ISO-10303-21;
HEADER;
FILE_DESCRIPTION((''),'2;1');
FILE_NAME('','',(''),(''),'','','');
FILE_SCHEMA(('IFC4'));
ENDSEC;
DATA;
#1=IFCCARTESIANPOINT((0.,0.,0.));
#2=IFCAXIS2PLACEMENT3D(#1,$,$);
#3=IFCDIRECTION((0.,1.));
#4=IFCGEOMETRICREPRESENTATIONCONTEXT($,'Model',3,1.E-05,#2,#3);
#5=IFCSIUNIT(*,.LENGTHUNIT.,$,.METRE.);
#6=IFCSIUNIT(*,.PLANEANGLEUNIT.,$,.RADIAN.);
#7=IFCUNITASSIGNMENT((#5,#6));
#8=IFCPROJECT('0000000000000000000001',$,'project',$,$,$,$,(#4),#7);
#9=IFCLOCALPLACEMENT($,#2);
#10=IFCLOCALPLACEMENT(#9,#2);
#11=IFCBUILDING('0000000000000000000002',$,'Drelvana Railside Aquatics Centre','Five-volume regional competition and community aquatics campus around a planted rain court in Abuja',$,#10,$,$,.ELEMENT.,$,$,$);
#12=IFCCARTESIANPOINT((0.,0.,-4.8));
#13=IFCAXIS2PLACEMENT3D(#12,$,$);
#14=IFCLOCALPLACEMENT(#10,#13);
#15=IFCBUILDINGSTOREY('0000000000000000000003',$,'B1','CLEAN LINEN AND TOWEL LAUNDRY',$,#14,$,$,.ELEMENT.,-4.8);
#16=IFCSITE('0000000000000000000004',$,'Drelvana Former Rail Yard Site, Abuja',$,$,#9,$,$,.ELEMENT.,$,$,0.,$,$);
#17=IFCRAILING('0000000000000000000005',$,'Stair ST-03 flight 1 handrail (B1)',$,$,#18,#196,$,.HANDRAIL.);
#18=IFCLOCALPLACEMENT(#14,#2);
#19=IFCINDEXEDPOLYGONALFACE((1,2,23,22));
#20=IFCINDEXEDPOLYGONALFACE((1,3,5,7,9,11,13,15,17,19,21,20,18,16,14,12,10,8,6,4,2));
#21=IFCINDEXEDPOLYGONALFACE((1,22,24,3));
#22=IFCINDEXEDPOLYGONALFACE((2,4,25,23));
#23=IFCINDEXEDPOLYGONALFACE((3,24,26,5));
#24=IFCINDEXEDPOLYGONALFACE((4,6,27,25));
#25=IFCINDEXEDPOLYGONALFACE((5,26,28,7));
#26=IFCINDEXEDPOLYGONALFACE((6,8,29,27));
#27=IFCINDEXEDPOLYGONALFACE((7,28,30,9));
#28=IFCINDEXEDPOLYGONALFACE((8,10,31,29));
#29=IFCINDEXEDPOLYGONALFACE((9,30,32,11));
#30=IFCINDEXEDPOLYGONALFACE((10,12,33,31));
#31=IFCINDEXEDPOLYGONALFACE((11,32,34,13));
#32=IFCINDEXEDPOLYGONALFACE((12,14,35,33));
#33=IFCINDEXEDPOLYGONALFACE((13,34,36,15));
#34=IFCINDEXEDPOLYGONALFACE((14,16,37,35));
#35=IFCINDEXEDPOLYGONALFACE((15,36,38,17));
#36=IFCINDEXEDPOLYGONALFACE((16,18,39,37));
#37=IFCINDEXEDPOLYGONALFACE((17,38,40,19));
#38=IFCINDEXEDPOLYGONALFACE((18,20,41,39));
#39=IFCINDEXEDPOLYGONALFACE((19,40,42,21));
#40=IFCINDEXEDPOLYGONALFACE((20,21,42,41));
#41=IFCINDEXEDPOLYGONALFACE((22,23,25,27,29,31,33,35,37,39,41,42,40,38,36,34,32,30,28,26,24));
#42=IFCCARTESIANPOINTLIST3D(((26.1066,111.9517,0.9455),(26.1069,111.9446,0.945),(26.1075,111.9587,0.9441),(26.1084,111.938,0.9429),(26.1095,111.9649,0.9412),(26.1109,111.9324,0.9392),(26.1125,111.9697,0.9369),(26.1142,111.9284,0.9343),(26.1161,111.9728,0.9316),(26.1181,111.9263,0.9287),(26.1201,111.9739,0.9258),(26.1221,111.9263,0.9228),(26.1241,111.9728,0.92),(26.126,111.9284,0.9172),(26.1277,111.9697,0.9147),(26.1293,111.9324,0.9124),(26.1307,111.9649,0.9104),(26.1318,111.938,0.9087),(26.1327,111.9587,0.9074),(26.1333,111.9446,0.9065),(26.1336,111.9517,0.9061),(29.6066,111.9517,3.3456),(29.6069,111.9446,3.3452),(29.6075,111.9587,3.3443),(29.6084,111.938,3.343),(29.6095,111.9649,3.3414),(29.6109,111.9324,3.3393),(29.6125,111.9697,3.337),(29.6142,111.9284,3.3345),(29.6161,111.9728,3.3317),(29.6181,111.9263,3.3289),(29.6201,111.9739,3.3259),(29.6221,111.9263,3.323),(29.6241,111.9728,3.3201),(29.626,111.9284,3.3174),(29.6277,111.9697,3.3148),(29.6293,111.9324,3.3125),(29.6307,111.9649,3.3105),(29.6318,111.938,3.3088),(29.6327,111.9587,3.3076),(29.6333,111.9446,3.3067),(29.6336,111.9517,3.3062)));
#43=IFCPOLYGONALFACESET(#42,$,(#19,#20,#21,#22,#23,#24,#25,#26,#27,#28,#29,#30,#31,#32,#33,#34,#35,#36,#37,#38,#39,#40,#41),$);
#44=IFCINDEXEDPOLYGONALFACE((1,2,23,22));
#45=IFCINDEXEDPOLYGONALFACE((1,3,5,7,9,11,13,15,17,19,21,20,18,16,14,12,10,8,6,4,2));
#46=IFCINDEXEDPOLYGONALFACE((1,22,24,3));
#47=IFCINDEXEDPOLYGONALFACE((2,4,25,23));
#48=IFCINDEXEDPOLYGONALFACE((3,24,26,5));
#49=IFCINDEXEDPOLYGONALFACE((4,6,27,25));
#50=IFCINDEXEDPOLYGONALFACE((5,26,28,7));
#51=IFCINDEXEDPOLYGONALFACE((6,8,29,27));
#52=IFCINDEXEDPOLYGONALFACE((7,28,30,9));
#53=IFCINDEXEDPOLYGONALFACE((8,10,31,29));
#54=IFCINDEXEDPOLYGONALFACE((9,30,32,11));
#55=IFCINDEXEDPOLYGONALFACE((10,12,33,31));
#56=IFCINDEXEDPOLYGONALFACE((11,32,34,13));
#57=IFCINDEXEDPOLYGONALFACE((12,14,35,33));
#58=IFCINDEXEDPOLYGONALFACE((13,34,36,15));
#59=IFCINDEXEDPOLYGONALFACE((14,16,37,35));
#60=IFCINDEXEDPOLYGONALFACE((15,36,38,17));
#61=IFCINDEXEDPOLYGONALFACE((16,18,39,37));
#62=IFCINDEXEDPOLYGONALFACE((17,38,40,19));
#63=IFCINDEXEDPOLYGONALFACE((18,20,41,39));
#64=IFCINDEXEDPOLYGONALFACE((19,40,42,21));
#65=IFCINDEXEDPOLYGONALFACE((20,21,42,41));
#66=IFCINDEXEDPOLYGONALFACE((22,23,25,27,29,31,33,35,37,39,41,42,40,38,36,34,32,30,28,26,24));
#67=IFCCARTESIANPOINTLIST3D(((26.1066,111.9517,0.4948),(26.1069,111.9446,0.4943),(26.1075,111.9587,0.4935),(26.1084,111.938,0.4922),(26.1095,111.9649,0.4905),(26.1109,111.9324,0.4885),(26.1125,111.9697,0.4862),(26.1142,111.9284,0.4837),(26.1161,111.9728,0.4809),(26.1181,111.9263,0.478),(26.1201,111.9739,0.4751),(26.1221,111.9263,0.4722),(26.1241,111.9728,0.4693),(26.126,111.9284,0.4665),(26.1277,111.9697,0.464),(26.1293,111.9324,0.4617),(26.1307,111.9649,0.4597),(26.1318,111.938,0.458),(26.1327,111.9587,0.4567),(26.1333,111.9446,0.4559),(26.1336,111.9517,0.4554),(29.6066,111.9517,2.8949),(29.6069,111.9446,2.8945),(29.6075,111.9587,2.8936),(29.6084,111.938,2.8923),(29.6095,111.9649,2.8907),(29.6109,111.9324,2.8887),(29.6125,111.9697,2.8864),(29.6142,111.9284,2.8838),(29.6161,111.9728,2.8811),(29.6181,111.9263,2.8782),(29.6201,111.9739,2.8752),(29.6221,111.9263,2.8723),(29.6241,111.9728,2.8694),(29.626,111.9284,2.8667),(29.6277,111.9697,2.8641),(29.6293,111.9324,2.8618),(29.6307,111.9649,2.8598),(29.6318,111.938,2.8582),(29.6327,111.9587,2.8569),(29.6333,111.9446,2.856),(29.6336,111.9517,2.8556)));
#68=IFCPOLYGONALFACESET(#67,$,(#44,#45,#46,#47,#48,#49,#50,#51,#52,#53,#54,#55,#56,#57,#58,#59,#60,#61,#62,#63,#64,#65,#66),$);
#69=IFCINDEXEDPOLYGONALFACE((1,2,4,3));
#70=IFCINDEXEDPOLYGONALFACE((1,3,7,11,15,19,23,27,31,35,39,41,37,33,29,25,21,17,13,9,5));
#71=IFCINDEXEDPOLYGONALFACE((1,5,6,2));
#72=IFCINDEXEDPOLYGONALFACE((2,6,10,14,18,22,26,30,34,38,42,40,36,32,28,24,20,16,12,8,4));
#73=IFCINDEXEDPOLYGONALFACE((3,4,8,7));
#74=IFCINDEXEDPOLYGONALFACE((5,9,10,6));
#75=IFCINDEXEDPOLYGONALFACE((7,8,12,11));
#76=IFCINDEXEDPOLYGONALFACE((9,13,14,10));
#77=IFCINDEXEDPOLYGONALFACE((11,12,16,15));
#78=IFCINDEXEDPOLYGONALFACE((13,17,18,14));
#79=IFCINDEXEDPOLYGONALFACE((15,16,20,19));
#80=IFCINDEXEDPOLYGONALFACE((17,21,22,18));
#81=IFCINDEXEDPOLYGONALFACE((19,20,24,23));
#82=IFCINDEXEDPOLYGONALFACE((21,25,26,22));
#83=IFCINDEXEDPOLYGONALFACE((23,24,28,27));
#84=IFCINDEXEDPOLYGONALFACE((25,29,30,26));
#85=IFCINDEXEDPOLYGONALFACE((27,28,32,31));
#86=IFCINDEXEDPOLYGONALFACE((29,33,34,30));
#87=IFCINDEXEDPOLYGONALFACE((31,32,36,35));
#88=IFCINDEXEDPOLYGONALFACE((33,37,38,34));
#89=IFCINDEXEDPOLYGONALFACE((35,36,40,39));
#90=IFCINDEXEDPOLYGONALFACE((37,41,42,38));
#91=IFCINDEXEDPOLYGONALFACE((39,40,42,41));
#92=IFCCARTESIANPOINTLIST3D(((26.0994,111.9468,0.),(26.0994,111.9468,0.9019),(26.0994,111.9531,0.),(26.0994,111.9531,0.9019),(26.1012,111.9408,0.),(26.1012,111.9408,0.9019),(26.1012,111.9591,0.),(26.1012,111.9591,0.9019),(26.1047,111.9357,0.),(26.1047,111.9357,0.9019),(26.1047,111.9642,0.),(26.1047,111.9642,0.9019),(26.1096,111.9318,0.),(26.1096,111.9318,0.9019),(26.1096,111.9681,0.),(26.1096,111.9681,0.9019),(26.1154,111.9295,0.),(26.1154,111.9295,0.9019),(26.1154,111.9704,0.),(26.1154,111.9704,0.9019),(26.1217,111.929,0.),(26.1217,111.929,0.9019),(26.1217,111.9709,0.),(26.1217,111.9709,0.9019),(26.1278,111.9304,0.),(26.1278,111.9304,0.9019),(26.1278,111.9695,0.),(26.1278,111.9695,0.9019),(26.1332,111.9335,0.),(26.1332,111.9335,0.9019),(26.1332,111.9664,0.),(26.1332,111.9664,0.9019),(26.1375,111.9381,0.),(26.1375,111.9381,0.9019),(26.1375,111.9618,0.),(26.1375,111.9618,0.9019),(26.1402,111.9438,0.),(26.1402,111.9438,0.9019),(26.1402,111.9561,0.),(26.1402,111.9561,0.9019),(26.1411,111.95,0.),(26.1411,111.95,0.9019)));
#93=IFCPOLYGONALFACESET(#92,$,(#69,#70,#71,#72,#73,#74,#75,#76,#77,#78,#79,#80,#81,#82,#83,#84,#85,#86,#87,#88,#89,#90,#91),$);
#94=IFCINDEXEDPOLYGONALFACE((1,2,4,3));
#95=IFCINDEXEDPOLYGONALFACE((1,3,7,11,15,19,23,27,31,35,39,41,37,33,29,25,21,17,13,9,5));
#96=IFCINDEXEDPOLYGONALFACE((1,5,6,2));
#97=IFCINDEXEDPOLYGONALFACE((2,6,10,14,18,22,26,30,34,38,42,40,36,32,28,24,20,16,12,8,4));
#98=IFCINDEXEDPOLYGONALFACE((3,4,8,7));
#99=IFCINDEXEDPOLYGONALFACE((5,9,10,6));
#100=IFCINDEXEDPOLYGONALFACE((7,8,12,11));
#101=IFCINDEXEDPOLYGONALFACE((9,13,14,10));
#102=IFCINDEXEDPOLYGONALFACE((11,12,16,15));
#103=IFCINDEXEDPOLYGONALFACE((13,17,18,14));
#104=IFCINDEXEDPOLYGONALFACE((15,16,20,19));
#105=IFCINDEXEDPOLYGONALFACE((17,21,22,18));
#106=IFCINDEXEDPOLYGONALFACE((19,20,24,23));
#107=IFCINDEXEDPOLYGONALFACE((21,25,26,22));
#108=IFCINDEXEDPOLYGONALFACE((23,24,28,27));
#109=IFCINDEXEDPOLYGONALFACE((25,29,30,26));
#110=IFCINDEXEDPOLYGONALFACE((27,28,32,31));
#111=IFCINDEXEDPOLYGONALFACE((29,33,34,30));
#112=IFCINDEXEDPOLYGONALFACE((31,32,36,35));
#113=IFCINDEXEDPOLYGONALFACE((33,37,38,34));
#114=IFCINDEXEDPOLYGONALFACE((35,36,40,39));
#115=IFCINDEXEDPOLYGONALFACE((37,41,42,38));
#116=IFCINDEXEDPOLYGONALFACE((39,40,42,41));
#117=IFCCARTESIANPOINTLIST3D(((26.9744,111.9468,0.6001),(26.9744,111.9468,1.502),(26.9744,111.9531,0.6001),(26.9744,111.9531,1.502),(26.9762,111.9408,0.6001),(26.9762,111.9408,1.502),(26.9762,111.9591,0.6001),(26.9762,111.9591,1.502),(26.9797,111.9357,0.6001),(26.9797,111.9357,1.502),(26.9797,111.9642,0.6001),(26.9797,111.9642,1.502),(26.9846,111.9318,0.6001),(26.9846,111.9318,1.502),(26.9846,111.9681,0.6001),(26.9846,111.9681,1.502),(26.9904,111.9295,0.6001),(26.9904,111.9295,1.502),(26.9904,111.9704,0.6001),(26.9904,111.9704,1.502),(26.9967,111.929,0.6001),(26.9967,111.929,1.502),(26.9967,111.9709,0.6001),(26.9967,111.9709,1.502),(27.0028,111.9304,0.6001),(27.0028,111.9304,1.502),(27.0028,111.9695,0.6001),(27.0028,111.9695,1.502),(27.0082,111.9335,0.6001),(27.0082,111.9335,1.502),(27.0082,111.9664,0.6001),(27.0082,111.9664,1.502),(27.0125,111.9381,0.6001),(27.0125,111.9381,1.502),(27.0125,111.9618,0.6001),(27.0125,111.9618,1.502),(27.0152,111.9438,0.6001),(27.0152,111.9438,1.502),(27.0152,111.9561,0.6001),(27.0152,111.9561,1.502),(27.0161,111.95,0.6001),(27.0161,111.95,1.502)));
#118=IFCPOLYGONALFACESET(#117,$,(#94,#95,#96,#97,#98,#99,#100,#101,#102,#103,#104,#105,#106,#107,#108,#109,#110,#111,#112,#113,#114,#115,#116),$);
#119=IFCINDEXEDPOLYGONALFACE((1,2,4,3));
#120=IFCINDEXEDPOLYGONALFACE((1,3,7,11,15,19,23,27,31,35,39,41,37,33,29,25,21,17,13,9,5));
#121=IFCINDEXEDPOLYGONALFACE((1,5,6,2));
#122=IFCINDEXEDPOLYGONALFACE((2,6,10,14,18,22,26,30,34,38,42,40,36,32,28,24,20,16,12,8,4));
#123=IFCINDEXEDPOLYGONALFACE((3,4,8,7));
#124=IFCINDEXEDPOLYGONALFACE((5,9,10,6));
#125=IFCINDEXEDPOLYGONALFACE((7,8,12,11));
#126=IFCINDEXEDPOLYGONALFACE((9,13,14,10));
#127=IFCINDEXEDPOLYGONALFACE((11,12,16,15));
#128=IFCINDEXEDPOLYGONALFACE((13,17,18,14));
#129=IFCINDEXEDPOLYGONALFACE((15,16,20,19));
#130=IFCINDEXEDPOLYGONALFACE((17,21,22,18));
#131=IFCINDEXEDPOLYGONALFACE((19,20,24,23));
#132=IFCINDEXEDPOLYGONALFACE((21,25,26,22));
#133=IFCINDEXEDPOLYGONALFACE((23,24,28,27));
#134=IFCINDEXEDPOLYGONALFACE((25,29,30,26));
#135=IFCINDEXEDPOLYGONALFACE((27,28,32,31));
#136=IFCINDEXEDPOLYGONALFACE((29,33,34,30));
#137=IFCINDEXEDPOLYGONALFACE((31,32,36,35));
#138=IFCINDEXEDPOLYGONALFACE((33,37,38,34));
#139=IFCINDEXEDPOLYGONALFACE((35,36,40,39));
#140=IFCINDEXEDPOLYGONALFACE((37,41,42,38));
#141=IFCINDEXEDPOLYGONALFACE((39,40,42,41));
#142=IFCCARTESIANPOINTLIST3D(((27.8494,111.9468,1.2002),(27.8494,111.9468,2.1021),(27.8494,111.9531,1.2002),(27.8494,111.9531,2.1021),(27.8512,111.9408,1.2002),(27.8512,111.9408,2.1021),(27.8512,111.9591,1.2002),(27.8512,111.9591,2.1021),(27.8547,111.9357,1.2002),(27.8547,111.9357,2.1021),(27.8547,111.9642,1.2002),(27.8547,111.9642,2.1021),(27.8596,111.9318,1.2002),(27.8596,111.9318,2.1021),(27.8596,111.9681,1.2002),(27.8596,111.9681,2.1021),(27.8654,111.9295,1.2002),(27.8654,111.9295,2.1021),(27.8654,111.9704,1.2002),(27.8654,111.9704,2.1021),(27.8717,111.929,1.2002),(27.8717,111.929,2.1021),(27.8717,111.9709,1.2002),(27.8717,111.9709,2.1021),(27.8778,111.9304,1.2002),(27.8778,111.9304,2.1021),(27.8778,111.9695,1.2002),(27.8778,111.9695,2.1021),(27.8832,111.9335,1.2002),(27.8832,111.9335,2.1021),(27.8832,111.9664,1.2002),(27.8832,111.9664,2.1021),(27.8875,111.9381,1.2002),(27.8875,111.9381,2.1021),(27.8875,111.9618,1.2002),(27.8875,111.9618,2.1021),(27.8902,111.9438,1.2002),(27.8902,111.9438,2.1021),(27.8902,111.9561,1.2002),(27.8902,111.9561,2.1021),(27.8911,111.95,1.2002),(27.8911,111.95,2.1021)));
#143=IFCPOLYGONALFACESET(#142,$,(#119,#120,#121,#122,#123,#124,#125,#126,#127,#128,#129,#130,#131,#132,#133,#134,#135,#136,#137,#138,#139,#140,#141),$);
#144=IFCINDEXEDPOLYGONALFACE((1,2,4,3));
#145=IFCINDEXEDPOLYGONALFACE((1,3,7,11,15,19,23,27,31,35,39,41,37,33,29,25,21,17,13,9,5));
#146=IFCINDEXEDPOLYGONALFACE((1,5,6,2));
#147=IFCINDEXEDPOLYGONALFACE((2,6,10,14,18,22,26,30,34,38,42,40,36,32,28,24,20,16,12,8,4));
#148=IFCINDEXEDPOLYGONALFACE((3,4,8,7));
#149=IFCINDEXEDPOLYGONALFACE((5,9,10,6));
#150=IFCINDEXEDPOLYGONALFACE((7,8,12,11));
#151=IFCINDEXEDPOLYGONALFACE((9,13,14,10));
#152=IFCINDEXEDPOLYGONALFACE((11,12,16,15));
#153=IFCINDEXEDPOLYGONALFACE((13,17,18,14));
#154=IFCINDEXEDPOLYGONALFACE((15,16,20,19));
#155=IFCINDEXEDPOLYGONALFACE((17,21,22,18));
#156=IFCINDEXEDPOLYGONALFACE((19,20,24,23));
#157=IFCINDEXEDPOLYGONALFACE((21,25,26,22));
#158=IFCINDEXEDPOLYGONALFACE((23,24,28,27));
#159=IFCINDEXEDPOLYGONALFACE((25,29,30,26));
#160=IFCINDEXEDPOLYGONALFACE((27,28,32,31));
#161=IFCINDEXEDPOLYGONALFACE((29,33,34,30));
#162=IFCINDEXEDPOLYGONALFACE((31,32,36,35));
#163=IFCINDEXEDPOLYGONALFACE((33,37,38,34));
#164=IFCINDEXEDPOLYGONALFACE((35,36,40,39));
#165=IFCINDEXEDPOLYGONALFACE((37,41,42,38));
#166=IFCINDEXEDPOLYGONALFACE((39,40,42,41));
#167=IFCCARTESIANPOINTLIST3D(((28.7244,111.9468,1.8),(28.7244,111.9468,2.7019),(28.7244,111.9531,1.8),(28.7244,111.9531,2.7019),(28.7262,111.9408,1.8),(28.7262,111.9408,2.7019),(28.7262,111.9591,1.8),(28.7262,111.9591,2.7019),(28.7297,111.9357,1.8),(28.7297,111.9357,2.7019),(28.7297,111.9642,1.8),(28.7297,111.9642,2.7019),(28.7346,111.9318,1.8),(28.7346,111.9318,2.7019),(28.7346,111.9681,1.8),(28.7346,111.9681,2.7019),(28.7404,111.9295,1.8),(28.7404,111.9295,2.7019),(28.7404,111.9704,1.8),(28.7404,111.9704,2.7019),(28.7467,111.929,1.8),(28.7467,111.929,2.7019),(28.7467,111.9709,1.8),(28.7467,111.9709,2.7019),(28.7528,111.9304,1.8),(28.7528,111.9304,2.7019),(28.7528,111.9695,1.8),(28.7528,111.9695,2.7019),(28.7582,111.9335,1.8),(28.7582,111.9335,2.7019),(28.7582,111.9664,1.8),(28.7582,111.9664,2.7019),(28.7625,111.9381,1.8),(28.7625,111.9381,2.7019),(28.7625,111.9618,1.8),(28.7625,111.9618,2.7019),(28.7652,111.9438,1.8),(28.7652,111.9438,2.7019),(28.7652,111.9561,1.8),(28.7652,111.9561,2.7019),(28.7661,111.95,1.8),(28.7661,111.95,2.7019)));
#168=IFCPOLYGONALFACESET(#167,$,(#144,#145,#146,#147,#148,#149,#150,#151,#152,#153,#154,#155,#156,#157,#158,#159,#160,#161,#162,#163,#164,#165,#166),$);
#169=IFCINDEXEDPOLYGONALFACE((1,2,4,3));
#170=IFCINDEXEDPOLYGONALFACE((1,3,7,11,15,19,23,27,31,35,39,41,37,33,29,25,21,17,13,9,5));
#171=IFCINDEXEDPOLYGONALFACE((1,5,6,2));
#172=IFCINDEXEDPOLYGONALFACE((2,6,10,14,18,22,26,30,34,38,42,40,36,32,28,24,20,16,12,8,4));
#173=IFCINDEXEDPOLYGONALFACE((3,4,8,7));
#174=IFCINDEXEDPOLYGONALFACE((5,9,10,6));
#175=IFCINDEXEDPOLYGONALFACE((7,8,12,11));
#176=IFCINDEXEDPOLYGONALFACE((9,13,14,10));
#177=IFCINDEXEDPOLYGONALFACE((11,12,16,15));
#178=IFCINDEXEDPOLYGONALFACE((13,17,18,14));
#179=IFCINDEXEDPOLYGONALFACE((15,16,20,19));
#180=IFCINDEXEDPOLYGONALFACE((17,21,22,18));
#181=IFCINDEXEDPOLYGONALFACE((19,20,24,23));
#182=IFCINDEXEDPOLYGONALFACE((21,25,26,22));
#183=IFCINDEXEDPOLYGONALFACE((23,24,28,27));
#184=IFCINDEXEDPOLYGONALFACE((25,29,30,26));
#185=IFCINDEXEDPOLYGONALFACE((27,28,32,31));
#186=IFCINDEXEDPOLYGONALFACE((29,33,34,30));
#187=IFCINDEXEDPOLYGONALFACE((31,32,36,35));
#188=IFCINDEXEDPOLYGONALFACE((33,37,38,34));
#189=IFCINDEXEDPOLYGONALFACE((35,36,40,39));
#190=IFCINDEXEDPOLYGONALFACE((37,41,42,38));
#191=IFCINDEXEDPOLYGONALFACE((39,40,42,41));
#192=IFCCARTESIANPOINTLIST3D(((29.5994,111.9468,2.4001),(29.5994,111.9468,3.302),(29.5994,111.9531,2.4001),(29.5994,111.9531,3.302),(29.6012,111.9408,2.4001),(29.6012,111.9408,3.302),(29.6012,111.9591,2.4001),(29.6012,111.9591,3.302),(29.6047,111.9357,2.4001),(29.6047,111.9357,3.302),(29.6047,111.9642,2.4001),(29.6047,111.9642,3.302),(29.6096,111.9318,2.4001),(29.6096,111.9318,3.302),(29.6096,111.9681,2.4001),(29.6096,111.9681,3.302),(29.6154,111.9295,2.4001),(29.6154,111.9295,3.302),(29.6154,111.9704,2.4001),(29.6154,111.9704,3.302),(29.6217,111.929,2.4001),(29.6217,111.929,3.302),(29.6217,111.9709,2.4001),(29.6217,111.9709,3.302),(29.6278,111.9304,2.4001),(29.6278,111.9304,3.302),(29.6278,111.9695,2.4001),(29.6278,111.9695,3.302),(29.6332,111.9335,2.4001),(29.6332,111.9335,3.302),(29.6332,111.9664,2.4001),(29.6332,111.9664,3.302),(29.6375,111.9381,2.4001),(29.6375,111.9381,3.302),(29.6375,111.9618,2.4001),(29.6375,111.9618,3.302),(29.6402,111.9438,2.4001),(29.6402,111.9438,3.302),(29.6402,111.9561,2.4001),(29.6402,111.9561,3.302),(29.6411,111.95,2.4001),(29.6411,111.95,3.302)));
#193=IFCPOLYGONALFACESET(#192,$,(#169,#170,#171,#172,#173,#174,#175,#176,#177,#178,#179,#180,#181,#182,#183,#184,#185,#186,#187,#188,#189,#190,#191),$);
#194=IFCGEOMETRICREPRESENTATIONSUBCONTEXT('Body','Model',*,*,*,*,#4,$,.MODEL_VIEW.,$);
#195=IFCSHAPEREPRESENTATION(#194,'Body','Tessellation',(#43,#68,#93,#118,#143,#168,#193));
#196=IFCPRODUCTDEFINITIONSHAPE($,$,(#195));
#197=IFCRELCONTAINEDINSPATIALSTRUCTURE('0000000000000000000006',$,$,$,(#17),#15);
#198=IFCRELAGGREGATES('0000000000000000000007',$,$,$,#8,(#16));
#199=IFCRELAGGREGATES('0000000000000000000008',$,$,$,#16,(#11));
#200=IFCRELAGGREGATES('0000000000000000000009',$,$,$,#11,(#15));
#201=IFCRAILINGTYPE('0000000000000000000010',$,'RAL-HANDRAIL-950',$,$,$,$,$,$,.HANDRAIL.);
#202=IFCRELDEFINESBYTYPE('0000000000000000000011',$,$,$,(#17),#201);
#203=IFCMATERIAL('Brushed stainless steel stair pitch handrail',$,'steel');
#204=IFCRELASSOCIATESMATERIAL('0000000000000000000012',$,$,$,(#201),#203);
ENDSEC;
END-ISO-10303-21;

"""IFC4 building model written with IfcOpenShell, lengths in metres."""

from ifc_helpers import new_model, si_unit, direction, frame, origin, origin_2d, place, context, subcontext, project, spatial, circle, extrude, material, type_object, element, save


model = new_model("IFC4")

# Units and contexts
model_context = context("Model", 3, precision=1e-05, world=origin(), true_north=direction((0.0, 1.0)))
body_context = subcontext(model_context, "Body", "Model", "MODEL_VIEW")
ifc_project = project(units=[si_unit("LENGTHUNIT", "METRE"), si_unit("PLANEANGLEUNIT", "RADIAN")], contexts=[model_context])

# Site, building, storey
site_placement = place(None, origin())
site = spatial("IfcSite", under=ifc_project, at=site_placement, Name="Drelvana Former Rail Yard Site, Abuja", CompositionType="ELEMENT", RefElevation=0.0)
building_placement = place(site_placement, origin())
building = spatial("IfcBuilding", under=site, at=building_placement, Name="Drelvana Railside Aquatics Centre", Description="Five-volume regional competition and community aquatics campus around a planted rain court in Abuja", CompositionType="ELEMENT")
storey_placement = place(building_placement, frame((0.0, 0.0, -4.8)))
storey = spatial("IfcBuildingStorey", under=building, at=storey_placement, Name="B1", Description="CLEAN LINEN AND TOWEL LAUNDRY", CompositionType="ELEMENT", Elevation=-4.8)

# Railing
ifc_material_1 = material(Name="Brushed stainless steel stair pitch handrail", Category="steel")
railing_type = type_object("IfcRailingType", Name="RAL-HANDRAIL-950", PredefinedType="HANDRAIL", material=ifc_material_1)
railing_1_placement = place(storey_placement, frame((26.1201, 111.95, 0.0)))
element("IfcRailing", 1, at=railing_1_placement, inside=storey, type_object=railing_type, Name="Stair ST-03 flight 1 handrail (B1)", PredefinedType="HANDRAIL", context=body_context, shape_type="SweptSolid", body=[
    extrude(circle(Radius=0.0239, at=origin_2d()), frame((0.0, 0.0, 0.9258), z_axis=(0.824713, 0.0, 0.565552), x_axis=(0.0, 1.0, 0.0)), (0.0, 0.0, 1.0), 4.2439),
    extrude(circle(Radius=0.0239, at=origin_2d()), frame((0.0, 0.0, 0.4751), z_axis=(0.824713, 0.0, 0.565552), x_axis=(0.0, 1.0, 0.0)), (0.0, 0.0, 1.0), 4.2439),
    extrude(circle(Radius=0.021, at=origin_2d()), origin(), (0.0, 0.0, 1.0), 0.9019),
    extrude(circle(Radius=0.021, at=origin_2d()), frame((0.875, 0.0, 0.6001)), (0.0, 0.0, 1.0), 0.9019),
    extrude(circle(Radius=0.021, at=origin_2d()), frame((1.75, 0.0, 1.2002)), (0.0, 0.0, 1.0), 0.9019),
    extrude(circle(Radius=0.021, at=origin_2d()), frame((2.625, 0.0, 1.8)), (0.0, 0.0, 1.0), 0.9019),
    extrude(circle(Radius=0.021, at=origin_2d()), frame((3.5, 0.0, 2.4001)), (0.0, 0.0, 1.0), 0.9019),
])

save(model, "model.ifc")
